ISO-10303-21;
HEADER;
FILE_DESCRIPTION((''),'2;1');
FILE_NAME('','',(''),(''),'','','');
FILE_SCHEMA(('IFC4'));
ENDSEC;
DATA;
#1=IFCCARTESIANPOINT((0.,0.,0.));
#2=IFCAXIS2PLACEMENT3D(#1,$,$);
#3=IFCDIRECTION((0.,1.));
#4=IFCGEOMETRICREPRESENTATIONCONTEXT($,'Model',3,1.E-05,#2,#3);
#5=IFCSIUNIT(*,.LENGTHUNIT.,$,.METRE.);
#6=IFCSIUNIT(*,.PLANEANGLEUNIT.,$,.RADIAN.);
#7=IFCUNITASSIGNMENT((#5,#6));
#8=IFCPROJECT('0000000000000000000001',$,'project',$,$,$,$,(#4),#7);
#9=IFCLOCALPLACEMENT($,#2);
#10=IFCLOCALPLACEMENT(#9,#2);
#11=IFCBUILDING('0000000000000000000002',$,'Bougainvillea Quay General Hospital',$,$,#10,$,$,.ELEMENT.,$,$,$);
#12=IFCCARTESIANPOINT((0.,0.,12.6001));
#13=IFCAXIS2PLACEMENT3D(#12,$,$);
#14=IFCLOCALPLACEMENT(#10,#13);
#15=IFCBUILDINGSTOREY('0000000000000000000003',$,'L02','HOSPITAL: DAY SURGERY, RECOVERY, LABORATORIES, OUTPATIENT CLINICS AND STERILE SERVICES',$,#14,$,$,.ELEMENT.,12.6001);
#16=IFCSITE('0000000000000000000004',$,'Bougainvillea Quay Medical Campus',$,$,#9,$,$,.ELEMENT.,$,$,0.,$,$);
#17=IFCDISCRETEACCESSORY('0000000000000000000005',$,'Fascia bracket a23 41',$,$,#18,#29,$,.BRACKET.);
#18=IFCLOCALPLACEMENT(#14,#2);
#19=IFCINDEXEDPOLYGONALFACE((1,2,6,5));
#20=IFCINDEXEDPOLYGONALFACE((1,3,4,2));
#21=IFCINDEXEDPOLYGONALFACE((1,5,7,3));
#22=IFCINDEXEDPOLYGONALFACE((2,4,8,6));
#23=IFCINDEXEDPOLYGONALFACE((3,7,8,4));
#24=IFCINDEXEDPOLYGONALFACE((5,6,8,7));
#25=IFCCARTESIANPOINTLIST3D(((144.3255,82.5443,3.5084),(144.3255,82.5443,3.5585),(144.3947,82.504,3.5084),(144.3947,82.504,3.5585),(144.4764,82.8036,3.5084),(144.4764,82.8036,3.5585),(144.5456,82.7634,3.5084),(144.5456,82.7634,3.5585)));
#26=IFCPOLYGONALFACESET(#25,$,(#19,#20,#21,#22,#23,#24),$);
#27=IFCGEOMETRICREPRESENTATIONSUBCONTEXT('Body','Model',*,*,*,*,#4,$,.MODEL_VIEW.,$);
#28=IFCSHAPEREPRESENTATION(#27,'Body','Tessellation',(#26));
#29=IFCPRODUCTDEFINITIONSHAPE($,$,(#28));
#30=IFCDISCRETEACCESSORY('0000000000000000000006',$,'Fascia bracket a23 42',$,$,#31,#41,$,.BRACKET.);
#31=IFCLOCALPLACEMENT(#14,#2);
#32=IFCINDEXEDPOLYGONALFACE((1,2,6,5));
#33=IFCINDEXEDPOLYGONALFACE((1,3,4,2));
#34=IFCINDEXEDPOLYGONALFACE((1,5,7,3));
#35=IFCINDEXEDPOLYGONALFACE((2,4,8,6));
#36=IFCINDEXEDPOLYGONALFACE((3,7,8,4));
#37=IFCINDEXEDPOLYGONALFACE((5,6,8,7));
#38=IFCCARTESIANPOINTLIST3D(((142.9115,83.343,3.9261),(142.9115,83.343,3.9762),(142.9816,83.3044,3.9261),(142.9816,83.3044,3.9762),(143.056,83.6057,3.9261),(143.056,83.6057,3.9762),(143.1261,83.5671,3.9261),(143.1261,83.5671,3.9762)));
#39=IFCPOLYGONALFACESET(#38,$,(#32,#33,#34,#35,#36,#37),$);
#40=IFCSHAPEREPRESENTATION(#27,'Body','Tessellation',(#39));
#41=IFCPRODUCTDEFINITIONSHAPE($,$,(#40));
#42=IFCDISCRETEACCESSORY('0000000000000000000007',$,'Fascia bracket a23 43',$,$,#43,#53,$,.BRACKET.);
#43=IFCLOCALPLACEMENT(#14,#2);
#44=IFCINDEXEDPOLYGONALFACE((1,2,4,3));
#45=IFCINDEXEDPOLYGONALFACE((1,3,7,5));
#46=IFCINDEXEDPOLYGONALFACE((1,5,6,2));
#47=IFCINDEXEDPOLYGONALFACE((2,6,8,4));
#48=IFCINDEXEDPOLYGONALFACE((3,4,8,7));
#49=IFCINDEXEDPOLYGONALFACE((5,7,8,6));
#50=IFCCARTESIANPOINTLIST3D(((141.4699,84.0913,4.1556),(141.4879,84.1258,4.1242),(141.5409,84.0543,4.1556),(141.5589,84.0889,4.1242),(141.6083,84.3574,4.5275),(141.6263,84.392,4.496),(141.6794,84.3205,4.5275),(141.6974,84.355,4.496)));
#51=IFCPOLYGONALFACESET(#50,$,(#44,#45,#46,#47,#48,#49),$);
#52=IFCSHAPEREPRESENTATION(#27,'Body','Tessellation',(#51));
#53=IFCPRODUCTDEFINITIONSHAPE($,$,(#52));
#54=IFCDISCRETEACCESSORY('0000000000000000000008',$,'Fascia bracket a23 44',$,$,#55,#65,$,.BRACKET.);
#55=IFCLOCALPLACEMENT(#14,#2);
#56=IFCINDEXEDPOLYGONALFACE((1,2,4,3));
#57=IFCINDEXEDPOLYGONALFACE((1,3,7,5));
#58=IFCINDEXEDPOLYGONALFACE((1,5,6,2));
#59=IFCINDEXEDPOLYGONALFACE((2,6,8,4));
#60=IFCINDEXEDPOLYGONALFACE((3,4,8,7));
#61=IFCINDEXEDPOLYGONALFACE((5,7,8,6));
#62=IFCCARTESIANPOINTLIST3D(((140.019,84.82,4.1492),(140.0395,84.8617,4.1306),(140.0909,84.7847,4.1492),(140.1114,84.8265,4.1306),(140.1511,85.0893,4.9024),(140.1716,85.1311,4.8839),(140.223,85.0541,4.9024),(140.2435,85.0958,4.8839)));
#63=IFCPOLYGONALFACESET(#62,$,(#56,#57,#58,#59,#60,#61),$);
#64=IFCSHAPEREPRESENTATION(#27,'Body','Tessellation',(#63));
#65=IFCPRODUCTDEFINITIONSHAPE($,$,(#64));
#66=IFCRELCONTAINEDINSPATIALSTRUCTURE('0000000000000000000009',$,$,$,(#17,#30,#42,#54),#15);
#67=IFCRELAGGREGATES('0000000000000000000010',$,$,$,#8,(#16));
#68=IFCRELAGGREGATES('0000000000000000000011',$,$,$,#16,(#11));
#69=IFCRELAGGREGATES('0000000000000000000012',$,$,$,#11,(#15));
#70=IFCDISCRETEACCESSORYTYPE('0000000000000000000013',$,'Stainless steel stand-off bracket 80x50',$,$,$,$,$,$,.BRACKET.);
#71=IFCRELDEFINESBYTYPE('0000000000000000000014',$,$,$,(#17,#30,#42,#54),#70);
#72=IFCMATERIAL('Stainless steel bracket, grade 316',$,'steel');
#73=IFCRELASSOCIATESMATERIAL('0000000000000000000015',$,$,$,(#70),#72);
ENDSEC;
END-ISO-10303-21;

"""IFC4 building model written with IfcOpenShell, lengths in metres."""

from ifc_helpers import new_model, si_unit, direction, frame, origin, origin_2d, place, context, subcontext, project, spatial, rectangle, extrude, material, material_profile, profile_set, type_object, element, save


model = new_model("IFC4")

# Units and contexts
model_context = context("Model", 3, precision=1e-05, world=origin(), true_north=direction((0.0, 1.0)))
body_context = subcontext(model_context, "Body", "Model", "MODEL_VIEW")
ifc_project = project(units=[si_unit("LENGTHUNIT", "METRE"), si_unit("PLANEANGLEUNIT", "RADIAN")], contexts=[model_context])

# Site, building, storey
site_placement = place(None, origin())
site = spatial("IfcSite", under=ifc_project, at=site_placement, Name="Bougainvillea Quay Medical Campus", CompositionType="ELEMENT", RefElevation=0.0)
building_placement = place(site_placement, origin())
building = spatial("IfcBuilding", under=site, at=building_placement, Name="Bougainvillea Quay General Hospital", CompositionType="ELEMENT")
storey_placement = place(building_placement, frame((0.0, 0.0, 12.6001)))
storey = spatial("IfcBuildingStorey", under=building, at=storey_placement, Name="L02", Description="HOSPITAL: DAY SURGERY, RECOVERY, LABORATORIES, OUTPATIENT CLINICS AND STERILE SERVICES", CompositionType="ELEMENT", Elevation=12.6001)

# Discrete accessories
ifc_material_1 = material(Name="Stainless steel bracket, grade 316", Category="steel")
ifc_material_profile_1 = material_profile(ifc_material_1, rectangle(XDim=0.0801, YDim=0.05, at=origin_2d()))
ifc_profile_set_1 = profile_set([ifc_material_profile_1], Name="Stainless steel bracket, grade 316")
discrete_accessory_type = type_object("IfcDiscreteAccessoryType", Name="Stainless steel stand-off bracket 80x50", PredefinedType="BRACKET", material=ifc_profile_set_1)
discrete_accessory_1_placement = place(storey_placement, frame((144.3601, 82.5242, 3.5334), z_axis=(0.50296, 0.86431, 0.0), x_axis=(-0.86431, 0.50296, 0.0)))
element("IfcDiscreteAccessory", 1, at=discrete_accessory_1_placement, inside=storey, type_object=discrete_accessory_type, Name="Fascia bracket a23 41", PredefinedType="BRACKET", context=body_context, shape_type="SweptSolid", body=[
    extrude(rectangle(XDim=0.0801, YDim=0.05, at=origin_2d()), origin(), (0.0, 0.0, 1.0), 0.3),
])
discrete_accessory_2_placement = place(storey_placement, frame((142.9465, 83.3237, 3.9512), z_axis=(0.482044, 0.876147, 0.0), x_axis=(-0.876147, 0.482044, 0.0)))
element("IfcDiscreteAccessory", 2, at=discrete_accessory_2_placement, inside=storey, type_object=discrete_accessory_type, Name="Fascia bracket a23 42", PredefinedType="BRACKET", context=body_context, shape_type="SweptSolid", body=[
    extrude(rectangle(XDim=0.0801, YDim=0.05, at=origin_2d()), origin(), (0.0, 0.0, 1.0), 0.2998),
])
discrete_accessory_3_placement = place(storey_placement, frame((141.5144, 84.0901, 4.1399), z_axis=(0.289757, 0.557028, 0.778306), x_axis=(-0.88715, 0.461481, 0.0)))
element("IfcDiscreteAccessory", 3, at=discrete_accessory_3_placement, inside=storey, type_object=discrete_accessory_type, Name="Fascia bracket a23 43", PredefinedType="BRACKET", context=body_context, shape_type="SweptSolid", body=[
    extrude(rectangle(XDim=0.0801, YDim=0.05, at=origin_2d()), origin(), (0.0, 0.0, 1.0), 0.4778),
])
discrete_accessory_4_placement = place(storey_placement, frame((140.0652, 84.8232, 4.1399), z_axis=(0.162921, 0.332167, 0.929043), x_axis=(-0.89782, 0.440363, 0.0)))
element("IfcDiscreteAccessory", 4, at=discrete_accessory_4_placement, inside=storey, type_object=discrete_accessory_type, Name="Fascia bracket a23 44", PredefinedType="BRACKET", context=body_context, shape_type="SweptSolid", body=[
    extrude(rectangle(XDim=0.0801, YDim=0.05, at=origin_2d()), origin(), (0.0, 0.0, 1.0), 0.8108),
])

save(model, "model.ifc")
